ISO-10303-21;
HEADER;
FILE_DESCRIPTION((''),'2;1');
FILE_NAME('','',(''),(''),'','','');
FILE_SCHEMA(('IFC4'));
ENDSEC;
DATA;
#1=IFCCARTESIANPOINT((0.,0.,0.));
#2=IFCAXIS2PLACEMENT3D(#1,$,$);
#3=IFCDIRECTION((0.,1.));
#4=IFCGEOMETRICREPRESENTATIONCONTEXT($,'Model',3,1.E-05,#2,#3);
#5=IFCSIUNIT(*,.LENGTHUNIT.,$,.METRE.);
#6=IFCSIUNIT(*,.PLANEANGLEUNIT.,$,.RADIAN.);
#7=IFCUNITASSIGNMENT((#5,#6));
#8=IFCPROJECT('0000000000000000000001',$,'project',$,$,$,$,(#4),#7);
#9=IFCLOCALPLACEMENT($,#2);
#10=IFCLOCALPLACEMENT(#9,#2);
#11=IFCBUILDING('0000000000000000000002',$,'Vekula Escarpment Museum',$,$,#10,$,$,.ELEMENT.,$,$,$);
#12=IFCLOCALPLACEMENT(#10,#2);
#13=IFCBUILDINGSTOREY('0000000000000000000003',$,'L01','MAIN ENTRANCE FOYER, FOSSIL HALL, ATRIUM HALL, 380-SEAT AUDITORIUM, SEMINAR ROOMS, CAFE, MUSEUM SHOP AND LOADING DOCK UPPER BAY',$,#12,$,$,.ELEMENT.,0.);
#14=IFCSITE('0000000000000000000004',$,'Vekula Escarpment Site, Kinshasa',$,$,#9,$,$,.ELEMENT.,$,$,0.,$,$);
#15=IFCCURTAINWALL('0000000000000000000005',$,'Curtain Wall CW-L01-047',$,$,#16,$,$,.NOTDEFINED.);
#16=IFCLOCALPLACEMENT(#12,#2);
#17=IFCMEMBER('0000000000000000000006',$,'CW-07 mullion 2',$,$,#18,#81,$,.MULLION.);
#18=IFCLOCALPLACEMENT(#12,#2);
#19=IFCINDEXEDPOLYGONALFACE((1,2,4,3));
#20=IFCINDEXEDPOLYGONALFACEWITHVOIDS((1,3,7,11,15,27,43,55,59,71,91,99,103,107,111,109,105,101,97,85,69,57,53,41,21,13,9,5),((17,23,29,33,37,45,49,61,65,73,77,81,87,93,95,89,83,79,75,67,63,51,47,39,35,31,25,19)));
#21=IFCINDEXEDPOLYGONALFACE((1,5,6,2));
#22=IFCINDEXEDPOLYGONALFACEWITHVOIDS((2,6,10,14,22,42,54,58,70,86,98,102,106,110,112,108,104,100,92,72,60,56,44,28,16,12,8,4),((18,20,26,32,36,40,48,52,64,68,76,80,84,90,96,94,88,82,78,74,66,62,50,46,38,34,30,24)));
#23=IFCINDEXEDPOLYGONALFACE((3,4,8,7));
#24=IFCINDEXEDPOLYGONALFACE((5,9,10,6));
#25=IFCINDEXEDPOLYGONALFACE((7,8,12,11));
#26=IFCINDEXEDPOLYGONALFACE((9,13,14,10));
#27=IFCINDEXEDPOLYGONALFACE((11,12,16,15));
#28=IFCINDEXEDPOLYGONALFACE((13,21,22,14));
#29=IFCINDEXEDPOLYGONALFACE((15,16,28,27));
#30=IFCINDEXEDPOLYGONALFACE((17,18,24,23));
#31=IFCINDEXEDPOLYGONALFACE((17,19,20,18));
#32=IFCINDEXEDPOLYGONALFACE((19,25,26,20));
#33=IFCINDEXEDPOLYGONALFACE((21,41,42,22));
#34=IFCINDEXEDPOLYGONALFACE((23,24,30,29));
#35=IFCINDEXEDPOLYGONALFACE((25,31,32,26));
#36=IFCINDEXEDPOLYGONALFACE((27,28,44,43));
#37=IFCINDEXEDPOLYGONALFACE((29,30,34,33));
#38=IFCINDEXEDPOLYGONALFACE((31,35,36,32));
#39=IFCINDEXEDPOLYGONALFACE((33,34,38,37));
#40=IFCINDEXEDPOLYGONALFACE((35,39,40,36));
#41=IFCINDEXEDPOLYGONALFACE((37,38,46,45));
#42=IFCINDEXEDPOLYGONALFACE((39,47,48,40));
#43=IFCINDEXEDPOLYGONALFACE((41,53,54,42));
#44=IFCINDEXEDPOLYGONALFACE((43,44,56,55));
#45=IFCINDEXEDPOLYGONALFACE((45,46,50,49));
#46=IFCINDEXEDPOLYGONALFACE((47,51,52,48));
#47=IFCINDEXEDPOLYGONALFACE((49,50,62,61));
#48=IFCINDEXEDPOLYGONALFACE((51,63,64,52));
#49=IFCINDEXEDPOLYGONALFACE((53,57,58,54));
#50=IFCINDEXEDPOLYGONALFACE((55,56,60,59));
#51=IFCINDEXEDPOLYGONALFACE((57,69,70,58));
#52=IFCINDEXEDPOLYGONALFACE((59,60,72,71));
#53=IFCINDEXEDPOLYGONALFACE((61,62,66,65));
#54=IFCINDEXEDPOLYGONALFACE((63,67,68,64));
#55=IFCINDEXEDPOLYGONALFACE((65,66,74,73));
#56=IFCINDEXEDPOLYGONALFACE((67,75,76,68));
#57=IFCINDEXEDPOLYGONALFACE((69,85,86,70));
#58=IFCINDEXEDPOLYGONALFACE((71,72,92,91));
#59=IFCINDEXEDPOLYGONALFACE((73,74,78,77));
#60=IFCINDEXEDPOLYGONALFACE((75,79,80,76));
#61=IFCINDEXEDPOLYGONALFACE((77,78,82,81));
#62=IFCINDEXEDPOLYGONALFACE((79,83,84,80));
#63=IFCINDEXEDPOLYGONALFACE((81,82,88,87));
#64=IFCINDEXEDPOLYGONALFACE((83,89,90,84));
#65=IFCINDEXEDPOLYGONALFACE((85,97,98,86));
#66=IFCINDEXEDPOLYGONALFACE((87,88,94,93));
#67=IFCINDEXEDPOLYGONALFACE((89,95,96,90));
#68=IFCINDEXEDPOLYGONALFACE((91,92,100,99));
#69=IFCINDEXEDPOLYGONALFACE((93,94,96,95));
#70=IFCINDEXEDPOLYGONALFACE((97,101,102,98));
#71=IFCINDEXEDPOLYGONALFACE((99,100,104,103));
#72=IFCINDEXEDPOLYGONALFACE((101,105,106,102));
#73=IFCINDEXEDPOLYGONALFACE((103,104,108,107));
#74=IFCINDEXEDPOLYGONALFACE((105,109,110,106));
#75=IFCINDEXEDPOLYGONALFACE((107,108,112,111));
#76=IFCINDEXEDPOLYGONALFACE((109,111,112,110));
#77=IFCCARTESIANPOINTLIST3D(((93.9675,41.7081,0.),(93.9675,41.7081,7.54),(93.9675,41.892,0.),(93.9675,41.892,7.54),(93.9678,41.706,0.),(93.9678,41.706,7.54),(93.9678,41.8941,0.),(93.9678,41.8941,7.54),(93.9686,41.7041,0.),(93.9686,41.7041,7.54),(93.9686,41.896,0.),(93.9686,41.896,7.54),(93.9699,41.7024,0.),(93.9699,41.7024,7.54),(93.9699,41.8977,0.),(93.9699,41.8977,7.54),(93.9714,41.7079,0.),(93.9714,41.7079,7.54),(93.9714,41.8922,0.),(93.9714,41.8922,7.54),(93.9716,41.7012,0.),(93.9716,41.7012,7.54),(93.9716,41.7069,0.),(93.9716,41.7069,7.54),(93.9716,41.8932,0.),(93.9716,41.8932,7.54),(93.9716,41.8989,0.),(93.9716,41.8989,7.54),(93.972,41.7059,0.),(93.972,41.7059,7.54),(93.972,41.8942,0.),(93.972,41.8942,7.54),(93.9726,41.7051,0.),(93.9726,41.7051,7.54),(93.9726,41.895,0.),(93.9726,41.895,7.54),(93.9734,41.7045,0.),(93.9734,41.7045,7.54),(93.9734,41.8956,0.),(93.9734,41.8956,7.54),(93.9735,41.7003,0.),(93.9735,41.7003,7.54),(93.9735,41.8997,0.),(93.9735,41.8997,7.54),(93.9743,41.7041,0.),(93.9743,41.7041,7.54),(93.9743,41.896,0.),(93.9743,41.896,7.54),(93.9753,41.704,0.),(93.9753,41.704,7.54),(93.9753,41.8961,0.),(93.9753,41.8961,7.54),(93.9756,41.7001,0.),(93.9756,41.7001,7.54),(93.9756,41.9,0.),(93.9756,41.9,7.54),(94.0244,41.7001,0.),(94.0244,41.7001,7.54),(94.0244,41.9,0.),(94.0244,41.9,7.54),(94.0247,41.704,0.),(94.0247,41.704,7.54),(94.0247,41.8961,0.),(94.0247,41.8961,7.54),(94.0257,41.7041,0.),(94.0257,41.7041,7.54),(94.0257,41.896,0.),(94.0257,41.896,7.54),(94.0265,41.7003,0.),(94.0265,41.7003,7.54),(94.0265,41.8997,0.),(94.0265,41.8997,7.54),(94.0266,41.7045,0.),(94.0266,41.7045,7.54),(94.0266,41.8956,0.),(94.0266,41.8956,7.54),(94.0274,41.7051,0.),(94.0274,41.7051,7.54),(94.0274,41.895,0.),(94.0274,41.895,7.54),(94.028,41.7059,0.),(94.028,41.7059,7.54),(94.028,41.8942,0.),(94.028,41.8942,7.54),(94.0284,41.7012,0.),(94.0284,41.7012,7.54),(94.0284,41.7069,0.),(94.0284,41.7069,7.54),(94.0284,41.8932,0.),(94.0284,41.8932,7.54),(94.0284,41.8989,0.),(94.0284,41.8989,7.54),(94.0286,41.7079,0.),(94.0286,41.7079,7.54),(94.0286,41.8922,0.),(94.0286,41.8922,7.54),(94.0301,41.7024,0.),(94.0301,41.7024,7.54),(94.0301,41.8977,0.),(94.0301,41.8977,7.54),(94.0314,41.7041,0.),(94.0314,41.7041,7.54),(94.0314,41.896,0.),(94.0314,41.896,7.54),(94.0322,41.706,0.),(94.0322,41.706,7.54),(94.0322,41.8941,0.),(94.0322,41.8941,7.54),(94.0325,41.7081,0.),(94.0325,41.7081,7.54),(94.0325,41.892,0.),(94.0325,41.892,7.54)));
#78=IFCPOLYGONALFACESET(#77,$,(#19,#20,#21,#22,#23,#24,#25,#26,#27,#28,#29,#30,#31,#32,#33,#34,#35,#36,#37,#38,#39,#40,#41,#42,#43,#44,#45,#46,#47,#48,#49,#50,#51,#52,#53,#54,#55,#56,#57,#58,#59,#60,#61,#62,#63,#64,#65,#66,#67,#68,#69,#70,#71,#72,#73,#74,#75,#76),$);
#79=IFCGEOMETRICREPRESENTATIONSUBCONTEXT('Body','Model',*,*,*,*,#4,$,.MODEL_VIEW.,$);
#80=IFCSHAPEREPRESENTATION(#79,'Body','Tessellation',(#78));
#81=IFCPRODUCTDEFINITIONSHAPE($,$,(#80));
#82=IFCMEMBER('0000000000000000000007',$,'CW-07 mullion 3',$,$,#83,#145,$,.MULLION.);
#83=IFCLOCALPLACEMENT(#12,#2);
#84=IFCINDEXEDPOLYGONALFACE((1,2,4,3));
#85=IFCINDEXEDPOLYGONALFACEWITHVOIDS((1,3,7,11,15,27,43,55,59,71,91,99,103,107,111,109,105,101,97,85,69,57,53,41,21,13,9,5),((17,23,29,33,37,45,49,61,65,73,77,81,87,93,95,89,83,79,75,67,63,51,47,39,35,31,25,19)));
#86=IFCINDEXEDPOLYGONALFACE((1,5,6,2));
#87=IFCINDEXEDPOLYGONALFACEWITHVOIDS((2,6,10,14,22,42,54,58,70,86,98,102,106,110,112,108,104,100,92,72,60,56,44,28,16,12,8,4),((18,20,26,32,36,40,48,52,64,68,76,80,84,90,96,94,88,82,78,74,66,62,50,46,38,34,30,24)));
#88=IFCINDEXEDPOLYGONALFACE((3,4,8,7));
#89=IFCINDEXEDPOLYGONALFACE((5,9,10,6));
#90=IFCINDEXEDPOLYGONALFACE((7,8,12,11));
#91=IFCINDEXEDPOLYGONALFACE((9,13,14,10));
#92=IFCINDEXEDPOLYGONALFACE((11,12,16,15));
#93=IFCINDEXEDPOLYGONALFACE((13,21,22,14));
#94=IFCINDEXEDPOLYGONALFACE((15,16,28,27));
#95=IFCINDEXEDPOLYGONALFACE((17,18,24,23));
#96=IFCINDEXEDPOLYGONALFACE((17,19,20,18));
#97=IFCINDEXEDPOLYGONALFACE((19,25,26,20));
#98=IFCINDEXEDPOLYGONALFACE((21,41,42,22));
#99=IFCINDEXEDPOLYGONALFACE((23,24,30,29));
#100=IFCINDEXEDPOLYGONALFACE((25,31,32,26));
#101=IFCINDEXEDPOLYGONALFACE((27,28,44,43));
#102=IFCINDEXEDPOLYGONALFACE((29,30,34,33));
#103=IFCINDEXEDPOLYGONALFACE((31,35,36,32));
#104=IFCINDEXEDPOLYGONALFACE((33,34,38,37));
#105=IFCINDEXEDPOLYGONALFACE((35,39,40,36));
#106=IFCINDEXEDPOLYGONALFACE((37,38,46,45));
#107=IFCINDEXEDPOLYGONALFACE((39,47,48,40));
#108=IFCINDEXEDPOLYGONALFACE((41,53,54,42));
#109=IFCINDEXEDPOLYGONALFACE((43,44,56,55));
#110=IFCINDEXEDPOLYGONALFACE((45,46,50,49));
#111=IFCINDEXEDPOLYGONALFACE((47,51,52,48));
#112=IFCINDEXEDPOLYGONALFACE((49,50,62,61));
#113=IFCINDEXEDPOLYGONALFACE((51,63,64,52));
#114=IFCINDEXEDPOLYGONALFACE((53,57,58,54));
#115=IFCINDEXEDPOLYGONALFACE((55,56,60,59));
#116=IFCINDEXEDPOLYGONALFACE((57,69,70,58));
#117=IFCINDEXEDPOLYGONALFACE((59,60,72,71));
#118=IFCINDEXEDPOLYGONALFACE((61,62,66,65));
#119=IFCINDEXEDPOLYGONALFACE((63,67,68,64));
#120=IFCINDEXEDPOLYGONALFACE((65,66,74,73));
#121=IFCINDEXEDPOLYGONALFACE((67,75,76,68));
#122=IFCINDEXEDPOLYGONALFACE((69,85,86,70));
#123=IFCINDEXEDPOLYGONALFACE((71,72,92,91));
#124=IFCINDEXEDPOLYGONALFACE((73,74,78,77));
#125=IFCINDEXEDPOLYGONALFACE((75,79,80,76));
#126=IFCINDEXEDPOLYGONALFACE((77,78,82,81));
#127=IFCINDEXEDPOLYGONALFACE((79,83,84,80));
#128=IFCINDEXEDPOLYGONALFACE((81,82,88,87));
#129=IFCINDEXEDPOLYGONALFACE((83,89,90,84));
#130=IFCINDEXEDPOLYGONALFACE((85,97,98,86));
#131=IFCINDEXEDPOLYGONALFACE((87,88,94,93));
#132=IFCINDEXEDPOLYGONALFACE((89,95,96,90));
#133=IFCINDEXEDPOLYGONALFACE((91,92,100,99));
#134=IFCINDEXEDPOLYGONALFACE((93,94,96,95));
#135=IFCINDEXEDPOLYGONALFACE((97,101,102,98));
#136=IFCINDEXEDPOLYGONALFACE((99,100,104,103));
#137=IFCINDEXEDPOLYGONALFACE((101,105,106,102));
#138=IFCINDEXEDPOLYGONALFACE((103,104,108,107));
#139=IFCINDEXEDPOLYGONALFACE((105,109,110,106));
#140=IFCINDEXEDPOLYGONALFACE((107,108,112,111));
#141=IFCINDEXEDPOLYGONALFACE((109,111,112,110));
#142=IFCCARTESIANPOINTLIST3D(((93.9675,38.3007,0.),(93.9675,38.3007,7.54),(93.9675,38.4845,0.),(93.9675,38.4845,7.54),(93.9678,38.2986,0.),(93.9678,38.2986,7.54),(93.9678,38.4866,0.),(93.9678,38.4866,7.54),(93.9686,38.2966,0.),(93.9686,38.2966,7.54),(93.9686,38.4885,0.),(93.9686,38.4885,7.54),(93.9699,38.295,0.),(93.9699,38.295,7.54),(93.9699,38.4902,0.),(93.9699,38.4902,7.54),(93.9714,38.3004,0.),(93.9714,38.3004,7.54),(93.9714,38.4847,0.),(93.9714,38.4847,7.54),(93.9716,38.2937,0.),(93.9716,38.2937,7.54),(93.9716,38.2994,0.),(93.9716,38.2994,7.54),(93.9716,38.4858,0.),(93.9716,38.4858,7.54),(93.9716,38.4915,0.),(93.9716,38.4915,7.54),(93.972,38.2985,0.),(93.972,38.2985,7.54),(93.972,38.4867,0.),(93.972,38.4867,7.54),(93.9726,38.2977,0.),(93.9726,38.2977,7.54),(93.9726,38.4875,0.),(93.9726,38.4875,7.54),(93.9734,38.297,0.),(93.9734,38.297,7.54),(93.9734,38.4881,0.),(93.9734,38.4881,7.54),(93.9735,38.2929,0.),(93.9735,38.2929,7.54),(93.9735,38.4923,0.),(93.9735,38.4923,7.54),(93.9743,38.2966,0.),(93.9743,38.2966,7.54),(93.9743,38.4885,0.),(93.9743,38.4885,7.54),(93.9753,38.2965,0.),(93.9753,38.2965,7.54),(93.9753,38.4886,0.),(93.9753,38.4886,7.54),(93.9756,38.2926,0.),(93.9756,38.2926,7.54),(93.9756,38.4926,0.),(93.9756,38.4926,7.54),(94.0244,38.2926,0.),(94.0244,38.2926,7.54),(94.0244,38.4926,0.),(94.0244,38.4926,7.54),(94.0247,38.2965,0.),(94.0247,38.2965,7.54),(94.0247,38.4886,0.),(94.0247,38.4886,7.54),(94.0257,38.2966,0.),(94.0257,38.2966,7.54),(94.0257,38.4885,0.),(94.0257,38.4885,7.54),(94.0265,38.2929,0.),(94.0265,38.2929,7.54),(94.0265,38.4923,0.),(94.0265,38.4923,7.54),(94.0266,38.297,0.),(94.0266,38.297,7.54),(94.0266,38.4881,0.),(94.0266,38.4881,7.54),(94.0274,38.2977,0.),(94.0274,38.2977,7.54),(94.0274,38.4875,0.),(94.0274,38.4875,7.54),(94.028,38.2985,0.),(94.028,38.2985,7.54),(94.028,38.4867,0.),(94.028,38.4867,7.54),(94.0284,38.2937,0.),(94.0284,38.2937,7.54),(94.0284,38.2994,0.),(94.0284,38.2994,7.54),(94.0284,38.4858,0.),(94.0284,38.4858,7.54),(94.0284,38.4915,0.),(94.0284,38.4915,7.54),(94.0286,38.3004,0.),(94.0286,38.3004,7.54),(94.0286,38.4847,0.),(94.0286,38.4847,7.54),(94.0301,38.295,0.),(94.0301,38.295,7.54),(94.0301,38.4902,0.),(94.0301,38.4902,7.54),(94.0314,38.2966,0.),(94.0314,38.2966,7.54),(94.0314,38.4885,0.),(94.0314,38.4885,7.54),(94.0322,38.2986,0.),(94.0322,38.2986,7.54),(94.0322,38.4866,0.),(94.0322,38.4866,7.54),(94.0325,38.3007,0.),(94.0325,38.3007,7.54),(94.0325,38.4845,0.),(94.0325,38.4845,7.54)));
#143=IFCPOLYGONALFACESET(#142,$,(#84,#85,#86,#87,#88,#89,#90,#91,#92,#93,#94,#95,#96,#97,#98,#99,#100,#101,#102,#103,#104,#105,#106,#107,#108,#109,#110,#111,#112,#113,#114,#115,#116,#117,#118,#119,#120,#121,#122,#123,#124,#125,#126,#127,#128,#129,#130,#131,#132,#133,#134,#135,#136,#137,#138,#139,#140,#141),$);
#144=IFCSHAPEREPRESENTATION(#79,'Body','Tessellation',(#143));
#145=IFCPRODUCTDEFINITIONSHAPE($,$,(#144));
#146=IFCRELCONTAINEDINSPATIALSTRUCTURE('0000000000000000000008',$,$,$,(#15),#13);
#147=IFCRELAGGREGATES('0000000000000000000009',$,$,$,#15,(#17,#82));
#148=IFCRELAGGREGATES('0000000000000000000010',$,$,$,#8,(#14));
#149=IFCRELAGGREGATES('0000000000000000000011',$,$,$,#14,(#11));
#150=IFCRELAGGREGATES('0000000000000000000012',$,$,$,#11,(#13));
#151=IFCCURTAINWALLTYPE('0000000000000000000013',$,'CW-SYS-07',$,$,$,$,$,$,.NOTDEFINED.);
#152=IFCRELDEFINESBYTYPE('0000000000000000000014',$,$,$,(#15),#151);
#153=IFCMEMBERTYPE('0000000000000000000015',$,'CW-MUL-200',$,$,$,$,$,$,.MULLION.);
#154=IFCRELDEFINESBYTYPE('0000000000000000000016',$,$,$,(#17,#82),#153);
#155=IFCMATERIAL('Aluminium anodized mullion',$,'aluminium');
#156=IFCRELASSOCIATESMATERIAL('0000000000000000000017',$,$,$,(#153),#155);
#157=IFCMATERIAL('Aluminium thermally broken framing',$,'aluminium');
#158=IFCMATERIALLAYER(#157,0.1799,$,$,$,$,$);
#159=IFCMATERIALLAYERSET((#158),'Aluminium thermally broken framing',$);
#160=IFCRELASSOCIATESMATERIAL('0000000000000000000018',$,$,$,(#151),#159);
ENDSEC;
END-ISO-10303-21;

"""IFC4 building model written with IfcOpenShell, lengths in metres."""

from ifc_helpers import new_model, si_unit, direction, frame, origin, origin_2d, place, context, subcontext, project, spatial, hollow_rectangle, extrude, material, layer, layer_set, material_profile, profile_set, type_object, element, aggregate, save


model = new_model("IFC4")

# Units and contexts
model_context = context("Model", 3, precision=1e-05, world=origin(), true_north=direction((0.0, 1.0)))
body_context = subcontext(model_context, "Body", "Model", "MODEL_VIEW")
ifc_project = project(units=[si_unit("LENGTHUNIT", "METRE"), si_unit("PLANEANGLEUNIT", "RADIAN")], contexts=[model_context])

# Site, building, storey
site_placement = place(None, origin())
site = spatial("IfcSite", under=ifc_project, at=site_placement, Name="Vekula Escarpment Site, Kinshasa", CompositionType="ELEMENT", RefElevation=0.0)
building_placement = place(site_placement, origin())
building = spatial("IfcBuilding", under=site, at=building_placement, Name="Vekula Escarpment Museum", CompositionType="ELEMENT")
storey_placement = place(building_placement, origin())
storey = spatial("IfcBuildingStorey", under=building, at=storey_placement, Name="L01", Description="MAIN ENTRANCE FOYER, FOSSIL HALL, ATRIUM HALL, 380-SEAT AUDITORIUM, SEMINAR ROOMS, CAFE, MUSEUM SHOP AND LOADING DOCK UPPER BAY", CompositionType="ELEMENT", Elevation=0.0)

# Shared definitions
ifc_material_1 = material(Name="Aluminium anodized mullion", Category="aluminium")
ifc_material_profile_1 = material_profile(ifc_material_1, hollow_rectangle(XDim=0.0649, YDim=0.2, WallThickness=0.0039, InnerFilletRadius=0.0039, OuterFilletRadius=0.0081, at=origin_2d()), Name="ALU 200x65x4")
ifc_profile_set_1 = profile_set([ifc_material_profile_1], Name="Aluminium anodized mullion")
member_type_1 = type_object("IfcMemberType", Name="CW-MUL-200", PredefinedType="MULLION", material=ifc_profile_set_1)

# Curtain wall, members
ifc_material_2 = material(Name="Aluminium thermally broken framing", Category="aluminium")
ifc_layer_1 = layer(ifc_material_2, 0.1799)
ifc_layer_set_1 = layer_set([ifc_layer_1], Name="Aluminium thermally broken framing")
curtain_wall_type_1 = type_object("IfcCurtainWallType", Name="CW-SYS-07", PredefinedType="NOTDEFINED", material=ifc_layer_set_1)
curtain_wall_1_placement = place(storey_placement, origin())
curtain_wall_1 = element("IfcCurtainWall", 1, at=curtain_wall_1_placement, inside=storey, type_object=curtain_wall_type_1, Name="Curtain Wall CW-L01-047", PredefinedType="NOTDEFINED")
member_1_placement = place(storey_placement, frame((94.0, 41.8, 0.0), z_axis=(0.0, 0.0, 1.0), x_axis=(1.0, 0.0, 0.0)))
member_1 = element("IfcMember", 2, at=member_1_placement, type_object=member_type_1, Name="CW-07 mullion 2", PredefinedType="MULLION", context=body_context, shape_type="SweptSolid", body=[
    extrude(hollow_rectangle(XDim=0.0649, YDim=0.2, WallThickness=0.0039, InnerFilletRadius=0.0039, OuterFilletRadius=0.0081, at=origin_2d()), origin(), (0.0, 0.0, 1.0), 7.54),
])
member_2_placement = place(storey_placement, frame((94.0, 38.3926, 0.0), z_axis=(0.0, 0.0, 1.0), x_axis=(1.0, 0.0, 0.0)))
member_2 = element("IfcMember", 3, at=member_2_placement, type_object=member_type_1, Name="CW-07 mullion 3", PredefinedType="MULLION", context=body_context, shape_type="SweptSolid", body=[
    extrude(hollow_rectangle(XDim=0.0649, YDim=0.2, WallThickness=0.0039, InnerFilletRadius=0.0039, OuterFilletRadius=0.0081, at=origin_2d()), origin(), (0.0, 0.0, 1.0), 7.54),
])

aggregate(curtain_wall_1, [member_1, member_2])

save(model, "model.ifc")
